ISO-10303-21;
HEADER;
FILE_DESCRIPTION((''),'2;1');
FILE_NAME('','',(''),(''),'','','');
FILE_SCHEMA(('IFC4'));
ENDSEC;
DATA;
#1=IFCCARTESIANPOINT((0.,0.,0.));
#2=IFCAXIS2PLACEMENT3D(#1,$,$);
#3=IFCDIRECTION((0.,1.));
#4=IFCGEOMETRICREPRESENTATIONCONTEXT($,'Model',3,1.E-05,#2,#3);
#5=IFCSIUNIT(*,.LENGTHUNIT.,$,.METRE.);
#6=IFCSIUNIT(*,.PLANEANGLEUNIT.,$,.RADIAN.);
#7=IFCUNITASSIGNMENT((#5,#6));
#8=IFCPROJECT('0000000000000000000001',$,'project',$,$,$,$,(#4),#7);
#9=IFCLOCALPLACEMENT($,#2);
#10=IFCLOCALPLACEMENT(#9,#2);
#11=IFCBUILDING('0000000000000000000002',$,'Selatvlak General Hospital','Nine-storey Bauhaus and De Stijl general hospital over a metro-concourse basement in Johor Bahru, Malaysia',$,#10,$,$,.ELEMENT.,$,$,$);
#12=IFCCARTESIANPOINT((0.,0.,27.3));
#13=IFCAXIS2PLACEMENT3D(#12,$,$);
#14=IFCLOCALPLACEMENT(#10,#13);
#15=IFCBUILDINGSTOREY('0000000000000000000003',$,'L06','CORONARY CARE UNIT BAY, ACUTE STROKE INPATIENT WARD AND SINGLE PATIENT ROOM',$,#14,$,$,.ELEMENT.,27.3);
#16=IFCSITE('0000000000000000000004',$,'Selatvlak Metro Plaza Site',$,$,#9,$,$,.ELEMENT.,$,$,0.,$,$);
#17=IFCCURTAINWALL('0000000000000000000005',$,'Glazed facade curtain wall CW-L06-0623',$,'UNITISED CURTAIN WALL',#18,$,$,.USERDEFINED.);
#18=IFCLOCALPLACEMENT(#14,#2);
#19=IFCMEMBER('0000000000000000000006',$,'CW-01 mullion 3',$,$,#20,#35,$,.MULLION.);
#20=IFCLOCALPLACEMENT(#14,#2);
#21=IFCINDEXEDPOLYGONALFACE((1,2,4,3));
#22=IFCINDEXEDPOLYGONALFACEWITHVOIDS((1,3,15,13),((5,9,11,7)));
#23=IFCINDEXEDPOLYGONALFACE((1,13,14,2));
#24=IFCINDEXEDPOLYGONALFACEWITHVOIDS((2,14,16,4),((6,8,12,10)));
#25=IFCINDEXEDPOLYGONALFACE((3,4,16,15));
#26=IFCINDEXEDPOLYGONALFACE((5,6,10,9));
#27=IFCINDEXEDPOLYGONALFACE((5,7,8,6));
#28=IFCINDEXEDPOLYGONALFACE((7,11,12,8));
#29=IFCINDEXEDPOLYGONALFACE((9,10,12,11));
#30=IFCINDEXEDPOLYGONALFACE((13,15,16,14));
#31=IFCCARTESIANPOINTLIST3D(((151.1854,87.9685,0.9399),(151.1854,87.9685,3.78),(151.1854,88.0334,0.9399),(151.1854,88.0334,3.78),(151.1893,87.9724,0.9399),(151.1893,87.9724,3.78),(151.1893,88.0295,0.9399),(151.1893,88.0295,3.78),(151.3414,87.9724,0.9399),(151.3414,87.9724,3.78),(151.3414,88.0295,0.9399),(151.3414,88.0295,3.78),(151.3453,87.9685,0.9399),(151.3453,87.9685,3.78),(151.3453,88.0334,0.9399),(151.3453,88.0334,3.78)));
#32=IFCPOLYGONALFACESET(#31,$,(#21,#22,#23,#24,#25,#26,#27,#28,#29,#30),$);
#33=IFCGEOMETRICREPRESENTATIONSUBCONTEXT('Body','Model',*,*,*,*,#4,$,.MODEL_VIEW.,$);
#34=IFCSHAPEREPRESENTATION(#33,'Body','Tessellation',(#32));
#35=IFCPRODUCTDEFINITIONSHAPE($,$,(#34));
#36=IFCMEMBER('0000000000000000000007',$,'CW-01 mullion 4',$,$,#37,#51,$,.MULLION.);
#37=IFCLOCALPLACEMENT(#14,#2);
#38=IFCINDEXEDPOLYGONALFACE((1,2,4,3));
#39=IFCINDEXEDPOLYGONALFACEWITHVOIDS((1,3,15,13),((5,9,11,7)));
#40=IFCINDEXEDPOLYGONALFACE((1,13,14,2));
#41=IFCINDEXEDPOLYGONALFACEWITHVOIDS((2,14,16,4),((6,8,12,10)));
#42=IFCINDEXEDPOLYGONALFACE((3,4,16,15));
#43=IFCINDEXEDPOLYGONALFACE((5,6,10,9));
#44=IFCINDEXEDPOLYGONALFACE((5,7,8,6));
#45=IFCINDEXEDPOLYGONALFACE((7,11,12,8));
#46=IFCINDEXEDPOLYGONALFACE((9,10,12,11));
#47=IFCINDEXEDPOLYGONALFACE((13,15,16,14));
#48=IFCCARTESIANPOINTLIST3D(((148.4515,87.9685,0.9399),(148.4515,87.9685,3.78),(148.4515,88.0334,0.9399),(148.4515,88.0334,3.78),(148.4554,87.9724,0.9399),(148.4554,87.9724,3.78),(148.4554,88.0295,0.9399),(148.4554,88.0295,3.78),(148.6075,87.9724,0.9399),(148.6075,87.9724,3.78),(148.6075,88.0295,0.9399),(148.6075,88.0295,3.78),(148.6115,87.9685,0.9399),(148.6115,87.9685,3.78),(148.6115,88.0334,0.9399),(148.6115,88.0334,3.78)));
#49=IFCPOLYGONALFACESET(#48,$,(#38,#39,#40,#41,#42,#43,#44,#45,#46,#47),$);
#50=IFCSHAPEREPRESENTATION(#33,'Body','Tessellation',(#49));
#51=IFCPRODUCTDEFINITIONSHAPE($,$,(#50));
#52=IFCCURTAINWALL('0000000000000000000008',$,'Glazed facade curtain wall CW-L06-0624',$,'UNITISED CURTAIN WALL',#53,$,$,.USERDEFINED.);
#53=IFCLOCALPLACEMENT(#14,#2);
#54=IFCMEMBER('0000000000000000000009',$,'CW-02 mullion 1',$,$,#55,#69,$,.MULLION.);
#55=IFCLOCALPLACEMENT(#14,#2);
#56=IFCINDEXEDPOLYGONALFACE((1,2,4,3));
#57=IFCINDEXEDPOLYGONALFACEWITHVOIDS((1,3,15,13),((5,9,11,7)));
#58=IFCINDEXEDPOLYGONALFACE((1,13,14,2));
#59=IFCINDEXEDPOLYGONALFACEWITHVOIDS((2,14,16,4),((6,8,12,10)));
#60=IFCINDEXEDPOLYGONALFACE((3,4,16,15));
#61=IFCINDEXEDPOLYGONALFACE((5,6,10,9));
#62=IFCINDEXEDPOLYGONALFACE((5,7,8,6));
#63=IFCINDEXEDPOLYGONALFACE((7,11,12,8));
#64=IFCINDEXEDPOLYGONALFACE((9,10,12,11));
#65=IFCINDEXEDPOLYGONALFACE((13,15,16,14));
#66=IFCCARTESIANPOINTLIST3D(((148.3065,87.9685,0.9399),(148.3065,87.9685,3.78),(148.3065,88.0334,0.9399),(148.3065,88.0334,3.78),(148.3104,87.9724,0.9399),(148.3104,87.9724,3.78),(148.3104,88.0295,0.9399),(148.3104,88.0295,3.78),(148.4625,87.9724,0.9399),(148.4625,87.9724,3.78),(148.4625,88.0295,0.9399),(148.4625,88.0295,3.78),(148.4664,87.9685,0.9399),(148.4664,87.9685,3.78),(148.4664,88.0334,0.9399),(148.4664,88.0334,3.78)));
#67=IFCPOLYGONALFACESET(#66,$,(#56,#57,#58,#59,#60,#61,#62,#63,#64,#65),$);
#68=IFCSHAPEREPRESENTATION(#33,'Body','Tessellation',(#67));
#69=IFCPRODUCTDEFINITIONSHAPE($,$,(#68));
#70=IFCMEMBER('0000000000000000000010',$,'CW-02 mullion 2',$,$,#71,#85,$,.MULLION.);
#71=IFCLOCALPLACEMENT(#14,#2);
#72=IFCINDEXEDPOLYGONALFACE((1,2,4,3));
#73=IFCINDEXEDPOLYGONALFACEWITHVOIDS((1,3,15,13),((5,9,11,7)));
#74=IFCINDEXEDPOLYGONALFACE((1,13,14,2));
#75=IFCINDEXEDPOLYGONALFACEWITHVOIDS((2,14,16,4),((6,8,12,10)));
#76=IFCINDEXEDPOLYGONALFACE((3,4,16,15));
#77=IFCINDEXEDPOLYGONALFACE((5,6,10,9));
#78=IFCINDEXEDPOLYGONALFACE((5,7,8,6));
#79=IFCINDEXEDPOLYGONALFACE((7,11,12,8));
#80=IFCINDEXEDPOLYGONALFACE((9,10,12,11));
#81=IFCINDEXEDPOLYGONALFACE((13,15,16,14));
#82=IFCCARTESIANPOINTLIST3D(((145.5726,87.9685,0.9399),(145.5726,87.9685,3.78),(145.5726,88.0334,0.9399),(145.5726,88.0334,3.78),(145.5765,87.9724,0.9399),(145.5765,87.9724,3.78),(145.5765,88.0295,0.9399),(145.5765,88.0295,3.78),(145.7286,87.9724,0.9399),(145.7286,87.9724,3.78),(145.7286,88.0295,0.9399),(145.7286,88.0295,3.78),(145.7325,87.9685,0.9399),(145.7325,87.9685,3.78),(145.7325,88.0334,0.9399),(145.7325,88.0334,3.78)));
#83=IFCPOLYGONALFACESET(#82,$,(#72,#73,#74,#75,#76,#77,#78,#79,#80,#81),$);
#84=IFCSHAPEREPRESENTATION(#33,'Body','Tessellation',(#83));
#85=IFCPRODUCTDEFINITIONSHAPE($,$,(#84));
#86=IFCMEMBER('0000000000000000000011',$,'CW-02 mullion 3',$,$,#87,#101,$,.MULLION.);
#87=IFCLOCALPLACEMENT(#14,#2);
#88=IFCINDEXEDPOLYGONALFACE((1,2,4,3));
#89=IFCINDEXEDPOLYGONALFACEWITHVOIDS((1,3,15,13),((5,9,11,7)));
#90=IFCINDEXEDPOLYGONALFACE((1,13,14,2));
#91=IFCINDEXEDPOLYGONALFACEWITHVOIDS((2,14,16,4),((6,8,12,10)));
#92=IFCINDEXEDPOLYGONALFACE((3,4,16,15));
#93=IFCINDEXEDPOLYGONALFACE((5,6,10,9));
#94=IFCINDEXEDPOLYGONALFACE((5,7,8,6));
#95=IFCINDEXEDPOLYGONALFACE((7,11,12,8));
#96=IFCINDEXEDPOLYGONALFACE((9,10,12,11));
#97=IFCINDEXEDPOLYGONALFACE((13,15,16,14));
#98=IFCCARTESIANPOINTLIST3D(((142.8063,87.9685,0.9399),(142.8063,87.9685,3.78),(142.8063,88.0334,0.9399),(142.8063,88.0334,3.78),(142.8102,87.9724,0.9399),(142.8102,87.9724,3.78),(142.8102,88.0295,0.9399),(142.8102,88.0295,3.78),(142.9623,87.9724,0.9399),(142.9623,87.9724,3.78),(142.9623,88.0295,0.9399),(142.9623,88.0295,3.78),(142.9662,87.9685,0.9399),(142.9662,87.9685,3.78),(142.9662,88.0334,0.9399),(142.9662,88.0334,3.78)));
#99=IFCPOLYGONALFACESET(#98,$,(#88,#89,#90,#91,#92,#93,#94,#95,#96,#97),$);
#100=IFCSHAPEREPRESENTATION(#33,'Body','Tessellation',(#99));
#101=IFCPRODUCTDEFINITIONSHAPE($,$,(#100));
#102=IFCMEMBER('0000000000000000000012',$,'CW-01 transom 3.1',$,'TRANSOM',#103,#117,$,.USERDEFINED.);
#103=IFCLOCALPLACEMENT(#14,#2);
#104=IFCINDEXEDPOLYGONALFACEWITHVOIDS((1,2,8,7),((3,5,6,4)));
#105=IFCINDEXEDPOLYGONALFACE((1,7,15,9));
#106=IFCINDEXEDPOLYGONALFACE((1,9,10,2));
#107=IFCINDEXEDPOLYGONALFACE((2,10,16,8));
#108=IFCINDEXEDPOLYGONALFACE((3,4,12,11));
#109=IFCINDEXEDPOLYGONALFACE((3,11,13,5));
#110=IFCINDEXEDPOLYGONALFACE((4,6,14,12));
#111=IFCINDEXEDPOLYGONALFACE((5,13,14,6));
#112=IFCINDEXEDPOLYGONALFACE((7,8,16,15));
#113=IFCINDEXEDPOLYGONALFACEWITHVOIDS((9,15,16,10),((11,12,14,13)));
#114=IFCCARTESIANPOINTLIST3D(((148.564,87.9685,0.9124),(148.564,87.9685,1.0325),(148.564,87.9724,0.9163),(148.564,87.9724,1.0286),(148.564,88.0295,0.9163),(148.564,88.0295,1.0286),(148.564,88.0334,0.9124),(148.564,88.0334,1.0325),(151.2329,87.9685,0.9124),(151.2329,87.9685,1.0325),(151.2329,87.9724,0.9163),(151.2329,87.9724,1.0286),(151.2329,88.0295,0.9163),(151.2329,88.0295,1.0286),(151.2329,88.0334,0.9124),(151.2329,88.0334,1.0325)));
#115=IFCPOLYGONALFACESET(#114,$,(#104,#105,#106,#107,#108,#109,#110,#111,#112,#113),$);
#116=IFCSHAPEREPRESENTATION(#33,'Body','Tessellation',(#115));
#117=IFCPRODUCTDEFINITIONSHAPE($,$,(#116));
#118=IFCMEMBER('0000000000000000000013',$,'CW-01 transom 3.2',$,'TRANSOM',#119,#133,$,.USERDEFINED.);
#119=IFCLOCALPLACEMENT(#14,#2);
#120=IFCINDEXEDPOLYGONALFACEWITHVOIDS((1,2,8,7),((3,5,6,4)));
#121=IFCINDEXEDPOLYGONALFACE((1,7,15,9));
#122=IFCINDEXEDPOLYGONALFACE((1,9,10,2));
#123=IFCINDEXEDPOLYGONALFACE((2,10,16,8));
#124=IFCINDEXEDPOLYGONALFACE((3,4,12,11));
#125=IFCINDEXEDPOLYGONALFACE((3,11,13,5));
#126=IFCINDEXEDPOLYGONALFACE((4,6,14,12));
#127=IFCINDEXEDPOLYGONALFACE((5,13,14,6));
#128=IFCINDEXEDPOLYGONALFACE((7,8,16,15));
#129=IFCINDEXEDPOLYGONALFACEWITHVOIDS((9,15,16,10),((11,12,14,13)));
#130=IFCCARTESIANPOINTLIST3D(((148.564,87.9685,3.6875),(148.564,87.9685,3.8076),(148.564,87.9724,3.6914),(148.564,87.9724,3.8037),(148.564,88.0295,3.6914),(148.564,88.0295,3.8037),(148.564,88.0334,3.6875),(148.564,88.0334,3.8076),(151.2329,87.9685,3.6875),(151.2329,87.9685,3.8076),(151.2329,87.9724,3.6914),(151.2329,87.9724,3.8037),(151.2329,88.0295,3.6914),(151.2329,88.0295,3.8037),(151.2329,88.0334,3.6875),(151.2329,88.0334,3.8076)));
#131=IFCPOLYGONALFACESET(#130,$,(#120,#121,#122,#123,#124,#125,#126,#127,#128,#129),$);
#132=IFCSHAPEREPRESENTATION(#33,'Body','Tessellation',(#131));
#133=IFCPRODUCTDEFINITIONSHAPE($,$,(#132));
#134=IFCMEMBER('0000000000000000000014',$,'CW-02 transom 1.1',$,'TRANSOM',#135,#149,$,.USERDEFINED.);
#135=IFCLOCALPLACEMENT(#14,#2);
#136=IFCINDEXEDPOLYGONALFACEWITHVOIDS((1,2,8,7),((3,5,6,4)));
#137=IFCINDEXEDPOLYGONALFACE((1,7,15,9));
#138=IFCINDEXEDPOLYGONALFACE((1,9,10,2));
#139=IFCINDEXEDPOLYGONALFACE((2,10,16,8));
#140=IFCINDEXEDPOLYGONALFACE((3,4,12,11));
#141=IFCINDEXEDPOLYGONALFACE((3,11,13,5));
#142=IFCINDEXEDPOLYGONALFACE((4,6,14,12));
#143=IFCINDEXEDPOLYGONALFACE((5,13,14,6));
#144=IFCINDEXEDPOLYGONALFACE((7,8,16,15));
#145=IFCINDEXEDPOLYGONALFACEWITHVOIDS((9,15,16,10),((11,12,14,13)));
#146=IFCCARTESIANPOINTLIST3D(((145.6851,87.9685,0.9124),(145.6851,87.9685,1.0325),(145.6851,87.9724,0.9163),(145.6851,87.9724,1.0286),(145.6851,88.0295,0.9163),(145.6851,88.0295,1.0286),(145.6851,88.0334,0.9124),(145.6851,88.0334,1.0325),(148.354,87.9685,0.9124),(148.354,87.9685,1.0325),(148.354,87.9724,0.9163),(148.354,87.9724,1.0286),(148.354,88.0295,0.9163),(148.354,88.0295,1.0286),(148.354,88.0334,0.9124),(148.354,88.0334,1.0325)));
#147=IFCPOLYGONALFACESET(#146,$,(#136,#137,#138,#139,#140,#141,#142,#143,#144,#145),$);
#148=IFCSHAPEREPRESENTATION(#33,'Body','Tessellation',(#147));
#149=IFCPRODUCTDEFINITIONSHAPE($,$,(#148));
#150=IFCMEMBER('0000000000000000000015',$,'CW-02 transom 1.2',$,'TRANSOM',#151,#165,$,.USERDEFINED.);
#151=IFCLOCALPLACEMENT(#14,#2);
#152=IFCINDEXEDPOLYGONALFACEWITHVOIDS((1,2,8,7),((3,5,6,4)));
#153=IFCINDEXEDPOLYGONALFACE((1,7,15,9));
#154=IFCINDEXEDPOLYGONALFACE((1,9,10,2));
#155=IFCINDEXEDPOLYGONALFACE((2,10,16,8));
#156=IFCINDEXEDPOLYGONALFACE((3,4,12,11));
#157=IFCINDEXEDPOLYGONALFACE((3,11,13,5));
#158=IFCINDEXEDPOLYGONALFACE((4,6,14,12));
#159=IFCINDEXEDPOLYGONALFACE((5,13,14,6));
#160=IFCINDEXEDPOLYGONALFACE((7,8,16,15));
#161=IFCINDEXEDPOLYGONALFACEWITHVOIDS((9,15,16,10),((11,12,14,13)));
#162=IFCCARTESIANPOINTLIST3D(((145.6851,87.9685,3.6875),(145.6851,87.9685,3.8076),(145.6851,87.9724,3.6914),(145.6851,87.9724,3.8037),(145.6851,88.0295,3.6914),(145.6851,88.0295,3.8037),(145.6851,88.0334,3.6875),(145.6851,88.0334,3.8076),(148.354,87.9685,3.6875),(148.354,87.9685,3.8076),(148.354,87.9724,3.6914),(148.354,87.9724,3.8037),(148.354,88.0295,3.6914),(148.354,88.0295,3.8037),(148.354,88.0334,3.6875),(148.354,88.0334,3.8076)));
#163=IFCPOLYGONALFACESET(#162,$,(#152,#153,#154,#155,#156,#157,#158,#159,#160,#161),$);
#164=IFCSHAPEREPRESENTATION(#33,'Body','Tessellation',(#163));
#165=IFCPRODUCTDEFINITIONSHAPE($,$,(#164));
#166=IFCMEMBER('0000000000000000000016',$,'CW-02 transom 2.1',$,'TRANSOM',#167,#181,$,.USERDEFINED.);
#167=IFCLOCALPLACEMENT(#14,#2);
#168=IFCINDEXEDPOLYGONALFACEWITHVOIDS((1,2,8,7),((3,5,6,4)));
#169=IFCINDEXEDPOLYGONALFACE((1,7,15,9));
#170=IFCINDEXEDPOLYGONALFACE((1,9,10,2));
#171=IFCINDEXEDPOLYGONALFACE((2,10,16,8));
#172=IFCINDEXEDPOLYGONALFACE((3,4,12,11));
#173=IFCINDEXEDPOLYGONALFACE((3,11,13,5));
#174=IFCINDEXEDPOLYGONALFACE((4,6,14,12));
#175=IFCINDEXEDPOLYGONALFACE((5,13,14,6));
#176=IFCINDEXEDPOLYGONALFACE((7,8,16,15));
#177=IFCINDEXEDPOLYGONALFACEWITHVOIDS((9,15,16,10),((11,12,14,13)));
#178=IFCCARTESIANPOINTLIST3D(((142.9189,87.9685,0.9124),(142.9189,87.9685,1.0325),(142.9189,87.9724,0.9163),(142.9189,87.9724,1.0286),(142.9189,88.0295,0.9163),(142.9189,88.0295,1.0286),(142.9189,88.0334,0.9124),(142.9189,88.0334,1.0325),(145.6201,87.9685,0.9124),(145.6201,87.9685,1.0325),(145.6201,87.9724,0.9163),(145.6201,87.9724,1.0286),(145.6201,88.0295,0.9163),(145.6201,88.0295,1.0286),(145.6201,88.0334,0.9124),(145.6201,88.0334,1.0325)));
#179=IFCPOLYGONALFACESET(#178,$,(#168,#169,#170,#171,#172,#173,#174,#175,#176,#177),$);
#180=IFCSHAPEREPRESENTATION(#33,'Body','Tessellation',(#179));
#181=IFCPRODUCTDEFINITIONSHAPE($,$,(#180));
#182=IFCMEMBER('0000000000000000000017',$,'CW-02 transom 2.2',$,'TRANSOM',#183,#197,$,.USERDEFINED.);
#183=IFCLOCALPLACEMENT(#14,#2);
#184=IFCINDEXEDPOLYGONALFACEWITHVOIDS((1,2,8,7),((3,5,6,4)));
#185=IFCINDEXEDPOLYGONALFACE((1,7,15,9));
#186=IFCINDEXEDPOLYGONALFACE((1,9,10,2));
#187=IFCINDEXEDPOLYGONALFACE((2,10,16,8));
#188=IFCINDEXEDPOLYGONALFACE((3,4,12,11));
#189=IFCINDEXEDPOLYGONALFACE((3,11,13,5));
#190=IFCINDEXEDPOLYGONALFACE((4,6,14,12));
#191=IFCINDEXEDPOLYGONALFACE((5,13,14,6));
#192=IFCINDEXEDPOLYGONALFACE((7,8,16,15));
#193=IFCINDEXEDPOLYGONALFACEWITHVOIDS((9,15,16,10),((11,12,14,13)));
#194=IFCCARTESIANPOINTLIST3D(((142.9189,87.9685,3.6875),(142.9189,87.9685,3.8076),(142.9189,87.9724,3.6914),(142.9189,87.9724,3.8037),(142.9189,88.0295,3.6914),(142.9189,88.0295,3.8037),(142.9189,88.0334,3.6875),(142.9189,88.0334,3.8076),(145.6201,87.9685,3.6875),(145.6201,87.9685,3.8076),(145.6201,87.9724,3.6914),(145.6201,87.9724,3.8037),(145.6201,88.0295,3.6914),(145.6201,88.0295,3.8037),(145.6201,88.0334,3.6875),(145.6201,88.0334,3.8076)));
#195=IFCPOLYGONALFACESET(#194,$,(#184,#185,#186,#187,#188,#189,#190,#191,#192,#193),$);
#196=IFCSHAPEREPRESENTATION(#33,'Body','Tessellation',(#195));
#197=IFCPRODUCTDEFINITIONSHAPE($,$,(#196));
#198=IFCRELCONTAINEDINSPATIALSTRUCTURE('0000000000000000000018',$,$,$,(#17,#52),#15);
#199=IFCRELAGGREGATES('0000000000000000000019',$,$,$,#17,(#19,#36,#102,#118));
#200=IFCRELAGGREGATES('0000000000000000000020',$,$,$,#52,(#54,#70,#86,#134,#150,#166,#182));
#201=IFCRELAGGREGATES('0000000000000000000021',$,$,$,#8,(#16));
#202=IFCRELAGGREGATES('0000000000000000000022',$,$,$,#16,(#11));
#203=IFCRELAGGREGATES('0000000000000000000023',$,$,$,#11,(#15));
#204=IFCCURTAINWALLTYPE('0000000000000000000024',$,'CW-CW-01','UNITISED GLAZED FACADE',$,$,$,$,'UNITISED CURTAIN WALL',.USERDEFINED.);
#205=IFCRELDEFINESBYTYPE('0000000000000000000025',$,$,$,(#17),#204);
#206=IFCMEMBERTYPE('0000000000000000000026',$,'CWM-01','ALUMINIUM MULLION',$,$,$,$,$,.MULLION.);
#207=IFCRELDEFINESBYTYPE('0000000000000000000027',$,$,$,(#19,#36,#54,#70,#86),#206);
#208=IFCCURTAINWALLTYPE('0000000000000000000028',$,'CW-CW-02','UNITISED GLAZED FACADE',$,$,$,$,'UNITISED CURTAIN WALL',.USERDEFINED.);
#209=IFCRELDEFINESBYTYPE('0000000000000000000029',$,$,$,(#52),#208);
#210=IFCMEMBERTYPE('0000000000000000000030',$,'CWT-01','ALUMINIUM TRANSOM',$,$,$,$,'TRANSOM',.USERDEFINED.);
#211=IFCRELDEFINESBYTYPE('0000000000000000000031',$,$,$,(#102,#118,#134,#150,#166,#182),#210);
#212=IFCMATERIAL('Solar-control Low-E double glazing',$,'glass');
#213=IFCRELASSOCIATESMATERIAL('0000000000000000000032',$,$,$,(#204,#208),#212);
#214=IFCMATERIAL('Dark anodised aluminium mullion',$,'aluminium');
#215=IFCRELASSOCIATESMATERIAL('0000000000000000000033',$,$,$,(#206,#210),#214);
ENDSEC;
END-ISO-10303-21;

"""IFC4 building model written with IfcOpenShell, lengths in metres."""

from ifc_helpers import new_model, si_unit, direction, frame, origin, origin_2d, place, context, subcontext, project, spatial, hollow_rectangle, extrude, material, material_profile, profile_set, type_object, element, aggregate, save


model = new_model("IFC4")

# Units and contexts
model_context = context("Model", 3, precision=1e-05, world=origin(), true_north=direction((0.0, 1.0)))
body_context = subcontext(model_context, "Body", "Model", "MODEL_VIEW")
ifc_project = project(units=[si_unit("LENGTHUNIT", "METRE"), si_unit("PLANEANGLEUNIT", "RADIAN")], contexts=[model_context])

# Site, building, storey
site_placement = place(None, origin())
site = spatial("IfcSite", under=ifc_project, at=site_placement, Name="Selatvlak Metro Plaza Site", CompositionType="ELEMENT", RefElevation=0.0)
building_placement = place(site_placement, origin())
building = spatial("IfcBuilding", under=site, at=building_placement, Name="Selatvlak General Hospital", Description="Nine-storey Bauhaus and De Stijl general hospital over a metro-concourse basement in Johor Bahru, Malaysia", CompositionType="ELEMENT")
storey_placement = place(building_placement, frame((0.0, 0.0, 27.3)))
storey = spatial("IfcBuildingStorey", under=building, at=storey_placement, Name="L06", Description="CORONARY CARE UNIT BAY, ACUTE STROKE INPATIENT WARD AND SINGLE PATIENT ROOM", CompositionType="ELEMENT", Elevation=27.3)

# Curtain walls, members
ifc_material_1 = material(Name="Solar-control Low-E double glazing", Category="glass")
curtain_wall_type_1 = type_object("IfcCurtainWallType", Name="CW-CW-01", Description="UNITISED GLAZED FACADE", ElementType="UNITISED CURTAIN WALL", PredefinedType="USERDEFINED", material=ifc_material_1)
curtain_wall_1_placement = place(storey_placement, origin())
curtain_wall_1 = element("IfcCurtainWall", 1, at=curtain_wall_1_placement, inside=storey, type_object=curtain_wall_type_1, Name="Glazed facade curtain wall CW-L06-0623", ObjectType="UNITISED CURTAIN WALL", PredefinedType="USERDEFINED")
ifc_material_2 = material(Name="Dark anodised aluminium mullion", Category="aluminium")
ifc_material_profile_1 = material_profile(ifc_material_2, hollow_rectangle(XDim=0.0649, YDim=0.1599, WallThickness=0.0039, at=origin_2d()), Name="AL-MUL 65x160x4")
ifc_profile_set_1 = profile_set([ifc_material_profile_1], Name="Dark anodised aluminium mullion")
member_type_1 = type_object("IfcMemberType", Name="CWM-01", Description="ALUMINIUM MULLION", PredefinedType="MULLION", material=ifc_profile_set_1)
member_1_placement = place(storey_placement, frame((151.2654, 88.001, 0.9399), z_axis=(0.0, 0.0, 1.0), x_axis=(0.0, -1.0, 0.0)))
member_1 = element("IfcMember", 2, at=member_1_placement, type_object=member_type_1, Name="CW-01 mullion 3", PredefinedType="MULLION", context=body_context, shape_type="SweptSolid", body=[
    extrude(hollow_rectangle(XDim=0.0649, YDim=0.1599, WallThickness=0.0039, at=origin_2d()), origin(), (0.0, 0.0, 1.0), 2.8401),
])
member_2_placement = place(storey_placement, frame((148.5315, 88.001, 0.9399), z_axis=(0.0, 0.0, 1.0), x_axis=(0.0, -1.0, 0.0)))
member_2 = element("IfcMember", 3, at=member_2_placement, type_object=member_type_1, Name="CW-01 mullion 4", PredefinedType="MULLION", context=body_context, shape_type="SweptSolid", body=[
    extrude(hollow_rectangle(XDim=0.0649, YDim=0.1599, WallThickness=0.0039, at=origin_2d()), origin(), (0.0, 0.0, 1.0), 2.8401),
])
curtain_wall_type_2 = type_object("IfcCurtainWallType", Name="CW-CW-02", Description="UNITISED GLAZED FACADE", ElementType="UNITISED CURTAIN WALL", PredefinedType="USERDEFINED", material=ifc_material_1)
curtain_wall_2_placement = place(storey_placement, origin())
curtain_wall_2 = element("IfcCurtainWall", 4, at=curtain_wall_2_placement, inside=storey, type_object=curtain_wall_type_2, Name="Glazed facade curtain wall CW-L06-0624", ObjectType="UNITISED CURTAIN WALL", PredefinedType="USERDEFINED")
member_3_placement = place(storey_placement, frame((148.3865, 88.001, 0.9399), z_axis=(0.0, 0.0, 1.0), x_axis=(0.0, -1.0, 0.0)))
member_3 = element("IfcMember", 5, at=member_3_placement, type_object=member_type_1, Name="CW-02 mullion 1", PredefinedType="MULLION", context=body_context, shape_type="SweptSolid", body=[
    extrude(hollow_rectangle(XDim=0.0649, YDim=0.1599, WallThickness=0.0039, at=origin_2d()), origin(), (0.0, 0.0, 1.0), 2.8401),
])
member_4_placement = place(storey_placement, frame((145.6526, 88.001, 0.9399), z_axis=(0.0, 0.0, 1.0), x_axis=(0.0, -1.0, 0.0)))
member_4 = element("IfcMember", 6, at=member_4_placement, type_object=member_type_1, Name="CW-02 mullion 2", PredefinedType="MULLION", context=body_context, shape_type="SweptSolid", body=[
    extrude(hollow_rectangle(XDim=0.0649, YDim=0.1599, WallThickness=0.0039, at=origin_2d()), origin(), (0.0, 0.0, 1.0), 2.8401),
])
member_5_placement = place(storey_placement, frame((142.8862, 88.001, 0.9399), z_axis=(0.0, 0.0, 1.0), x_axis=(0.0, -1.0, 0.0)))
member_5 = element("IfcMember", 7, at=member_5_placement, type_object=member_type_1, Name="CW-02 mullion 3", PredefinedType="MULLION", context=body_context, shape_type="SweptSolid", body=[
    extrude(hollow_rectangle(XDim=0.0649, YDim=0.1599, WallThickness=0.0039, at=origin_2d()), origin(), (0.0, 0.0, 1.0), 2.8401),
])

# Members
ifc_material_profile_2 = material_profile(ifc_material_2, hollow_rectangle(XDim=0.0649, YDim=0.1201, WallThickness=0.0039, at=origin_2d()), Name="AL-TRN 65x120x4")
ifc_profile_set_2 = profile_set([ifc_material_profile_2], Name="Dark anodised aluminium mullion")
member_type_2 = type_object("IfcMemberType", Name="CWT-01", Description="ALUMINIUM TRANSOM", ElementType="TRANSOM", PredefinedType="USERDEFINED", material=ifc_profile_set_2)
member_6_placement = place(storey_placement, frame((151.2329, 88.001, 0.9724), z_axis=(-1.0, 0.0, 0.0), x_axis=(0.0, -1.0, 0.0)))
member_6 = element("IfcMember", 8, at=member_6_placement, type_object=member_type_2, Name="CW-01 transom 3.1", ObjectType="TRANSOM", PredefinedType="USERDEFINED", context=body_context, shape_type="SweptSolid", body=[
    extrude(hollow_rectangle(XDim=0.0649, YDim=0.1201, WallThickness=0.0039, at=origin_2d()), origin(), (0.0, 0.0, 1.0), 2.6689),
])
member_7_placement = place(storey_placement, frame((151.2329, 88.001, 3.7476), z_axis=(-1.0, 0.0, 0.0), x_axis=(0.0, -1.0, 0.0)))
member_7 = element("IfcMember", 9, at=member_7_placement, type_object=member_type_2, Name="CW-01 transom 3.2", ObjectType="TRANSOM", PredefinedType="USERDEFINED", context=body_context, shape_type="SweptSolid", body=[
    extrude(hollow_rectangle(XDim=0.0649, YDim=0.1201, WallThickness=0.0039, at=origin_2d()), origin(), (0.0, 0.0, 1.0), 2.6689),
])
member_8_placement = place(storey_placement, frame((148.354, 88.001, 0.9724), z_axis=(-1.0, 0.0, 0.0), x_axis=(0.0, -1.0, 0.0)))
member_8 = element("IfcMember", 10, at=member_8_placement, type_object=member_type_2, Name="CW-02 transom 1.1", ObjectType="TRANSOM", PredefinedType="USERDEFINED", context=body_context, shape_type="SweptSolid", body=[
    extrude(hollow_rectangle(XDim=0.0649, YDim=0.1201, WallThickness=0.0039, at=origin_2d()), origin(), (0.0, 0.0, 1.0), 2.6689),
])
member_9_placement = place(storey_placement, frame((148.354, 88.001, 3.7476), z_axis=(-1.0, 0.0, 0.0), x_axis=(0.0, -1.0, 0.0)))
member_9 = element("IfcMember", 11, at=member_9_placement, type_object=member_type_2, Name="CW-02 transom 1.2", ObjectType="TRANSOM", PredefinedType="USERDEFINED", context=body_context, shape_type="SweptSolid", body=[
    extrude(hollow_rectangle(XDim=0.0649, YDim=0.1201, WallThickness=0.0039, at=origin_2d()), origin(), (0.0, 0.0, 1.0), 2.6689),
])
member_10_placement = place(storey_placement, frame((145.6201, 88.001, 0.9724), z_axis=(-1.0, 0.0, 0.0), x_axis=(0.0, -1.0, 0.0)))
member_10 = element("IfcMember", 12, at=member_10_placement, type_object=member_type_2, Name="CW-02 transom 2.1", ObjectType="TRANSOM", PredefinedType="USERDEFINED", context=body_context, shape_type="SweptSolid", body=[
    extrude(hollow_rectangle(XDim=0.0649, YDim=0.1201, WallThickness=0.0039, at=origin_2d()), origin(), (0.0, 0.0, 1.0), 2.7012),
])
member_11_placement = place(storey_placement, frame((145.6201, 88.001, 3.7476), z_axis=(-1.0, 0.0, 0.0), x_axis=(0.0, -1.0, 0.0)))
member_11 = element("IfcMember", 13, at=member_11_placement, type_object=member_type_2, Name="CW-02 transom 2.2", ObjectType="TRANSOM", PredefinedType="USERDEFINED", context=body_context, shape_type="SweptSolid", body=[
    extrude(hollow_rectangle(XDim=0.0649, YDim=0.1201, WallThickness=0.0039, at=origin_2d()), origin(), (0.0, 0.0, 1.0), 2.7012),
])

aggregate(curtain_wall_1, [member_1, member_2, member_6, member_7])
aggregate(curtain_wall_2, [member_3, member_4, member_5, member_8, member_9, member_10, member_11])

save(model, "model.ifc")
